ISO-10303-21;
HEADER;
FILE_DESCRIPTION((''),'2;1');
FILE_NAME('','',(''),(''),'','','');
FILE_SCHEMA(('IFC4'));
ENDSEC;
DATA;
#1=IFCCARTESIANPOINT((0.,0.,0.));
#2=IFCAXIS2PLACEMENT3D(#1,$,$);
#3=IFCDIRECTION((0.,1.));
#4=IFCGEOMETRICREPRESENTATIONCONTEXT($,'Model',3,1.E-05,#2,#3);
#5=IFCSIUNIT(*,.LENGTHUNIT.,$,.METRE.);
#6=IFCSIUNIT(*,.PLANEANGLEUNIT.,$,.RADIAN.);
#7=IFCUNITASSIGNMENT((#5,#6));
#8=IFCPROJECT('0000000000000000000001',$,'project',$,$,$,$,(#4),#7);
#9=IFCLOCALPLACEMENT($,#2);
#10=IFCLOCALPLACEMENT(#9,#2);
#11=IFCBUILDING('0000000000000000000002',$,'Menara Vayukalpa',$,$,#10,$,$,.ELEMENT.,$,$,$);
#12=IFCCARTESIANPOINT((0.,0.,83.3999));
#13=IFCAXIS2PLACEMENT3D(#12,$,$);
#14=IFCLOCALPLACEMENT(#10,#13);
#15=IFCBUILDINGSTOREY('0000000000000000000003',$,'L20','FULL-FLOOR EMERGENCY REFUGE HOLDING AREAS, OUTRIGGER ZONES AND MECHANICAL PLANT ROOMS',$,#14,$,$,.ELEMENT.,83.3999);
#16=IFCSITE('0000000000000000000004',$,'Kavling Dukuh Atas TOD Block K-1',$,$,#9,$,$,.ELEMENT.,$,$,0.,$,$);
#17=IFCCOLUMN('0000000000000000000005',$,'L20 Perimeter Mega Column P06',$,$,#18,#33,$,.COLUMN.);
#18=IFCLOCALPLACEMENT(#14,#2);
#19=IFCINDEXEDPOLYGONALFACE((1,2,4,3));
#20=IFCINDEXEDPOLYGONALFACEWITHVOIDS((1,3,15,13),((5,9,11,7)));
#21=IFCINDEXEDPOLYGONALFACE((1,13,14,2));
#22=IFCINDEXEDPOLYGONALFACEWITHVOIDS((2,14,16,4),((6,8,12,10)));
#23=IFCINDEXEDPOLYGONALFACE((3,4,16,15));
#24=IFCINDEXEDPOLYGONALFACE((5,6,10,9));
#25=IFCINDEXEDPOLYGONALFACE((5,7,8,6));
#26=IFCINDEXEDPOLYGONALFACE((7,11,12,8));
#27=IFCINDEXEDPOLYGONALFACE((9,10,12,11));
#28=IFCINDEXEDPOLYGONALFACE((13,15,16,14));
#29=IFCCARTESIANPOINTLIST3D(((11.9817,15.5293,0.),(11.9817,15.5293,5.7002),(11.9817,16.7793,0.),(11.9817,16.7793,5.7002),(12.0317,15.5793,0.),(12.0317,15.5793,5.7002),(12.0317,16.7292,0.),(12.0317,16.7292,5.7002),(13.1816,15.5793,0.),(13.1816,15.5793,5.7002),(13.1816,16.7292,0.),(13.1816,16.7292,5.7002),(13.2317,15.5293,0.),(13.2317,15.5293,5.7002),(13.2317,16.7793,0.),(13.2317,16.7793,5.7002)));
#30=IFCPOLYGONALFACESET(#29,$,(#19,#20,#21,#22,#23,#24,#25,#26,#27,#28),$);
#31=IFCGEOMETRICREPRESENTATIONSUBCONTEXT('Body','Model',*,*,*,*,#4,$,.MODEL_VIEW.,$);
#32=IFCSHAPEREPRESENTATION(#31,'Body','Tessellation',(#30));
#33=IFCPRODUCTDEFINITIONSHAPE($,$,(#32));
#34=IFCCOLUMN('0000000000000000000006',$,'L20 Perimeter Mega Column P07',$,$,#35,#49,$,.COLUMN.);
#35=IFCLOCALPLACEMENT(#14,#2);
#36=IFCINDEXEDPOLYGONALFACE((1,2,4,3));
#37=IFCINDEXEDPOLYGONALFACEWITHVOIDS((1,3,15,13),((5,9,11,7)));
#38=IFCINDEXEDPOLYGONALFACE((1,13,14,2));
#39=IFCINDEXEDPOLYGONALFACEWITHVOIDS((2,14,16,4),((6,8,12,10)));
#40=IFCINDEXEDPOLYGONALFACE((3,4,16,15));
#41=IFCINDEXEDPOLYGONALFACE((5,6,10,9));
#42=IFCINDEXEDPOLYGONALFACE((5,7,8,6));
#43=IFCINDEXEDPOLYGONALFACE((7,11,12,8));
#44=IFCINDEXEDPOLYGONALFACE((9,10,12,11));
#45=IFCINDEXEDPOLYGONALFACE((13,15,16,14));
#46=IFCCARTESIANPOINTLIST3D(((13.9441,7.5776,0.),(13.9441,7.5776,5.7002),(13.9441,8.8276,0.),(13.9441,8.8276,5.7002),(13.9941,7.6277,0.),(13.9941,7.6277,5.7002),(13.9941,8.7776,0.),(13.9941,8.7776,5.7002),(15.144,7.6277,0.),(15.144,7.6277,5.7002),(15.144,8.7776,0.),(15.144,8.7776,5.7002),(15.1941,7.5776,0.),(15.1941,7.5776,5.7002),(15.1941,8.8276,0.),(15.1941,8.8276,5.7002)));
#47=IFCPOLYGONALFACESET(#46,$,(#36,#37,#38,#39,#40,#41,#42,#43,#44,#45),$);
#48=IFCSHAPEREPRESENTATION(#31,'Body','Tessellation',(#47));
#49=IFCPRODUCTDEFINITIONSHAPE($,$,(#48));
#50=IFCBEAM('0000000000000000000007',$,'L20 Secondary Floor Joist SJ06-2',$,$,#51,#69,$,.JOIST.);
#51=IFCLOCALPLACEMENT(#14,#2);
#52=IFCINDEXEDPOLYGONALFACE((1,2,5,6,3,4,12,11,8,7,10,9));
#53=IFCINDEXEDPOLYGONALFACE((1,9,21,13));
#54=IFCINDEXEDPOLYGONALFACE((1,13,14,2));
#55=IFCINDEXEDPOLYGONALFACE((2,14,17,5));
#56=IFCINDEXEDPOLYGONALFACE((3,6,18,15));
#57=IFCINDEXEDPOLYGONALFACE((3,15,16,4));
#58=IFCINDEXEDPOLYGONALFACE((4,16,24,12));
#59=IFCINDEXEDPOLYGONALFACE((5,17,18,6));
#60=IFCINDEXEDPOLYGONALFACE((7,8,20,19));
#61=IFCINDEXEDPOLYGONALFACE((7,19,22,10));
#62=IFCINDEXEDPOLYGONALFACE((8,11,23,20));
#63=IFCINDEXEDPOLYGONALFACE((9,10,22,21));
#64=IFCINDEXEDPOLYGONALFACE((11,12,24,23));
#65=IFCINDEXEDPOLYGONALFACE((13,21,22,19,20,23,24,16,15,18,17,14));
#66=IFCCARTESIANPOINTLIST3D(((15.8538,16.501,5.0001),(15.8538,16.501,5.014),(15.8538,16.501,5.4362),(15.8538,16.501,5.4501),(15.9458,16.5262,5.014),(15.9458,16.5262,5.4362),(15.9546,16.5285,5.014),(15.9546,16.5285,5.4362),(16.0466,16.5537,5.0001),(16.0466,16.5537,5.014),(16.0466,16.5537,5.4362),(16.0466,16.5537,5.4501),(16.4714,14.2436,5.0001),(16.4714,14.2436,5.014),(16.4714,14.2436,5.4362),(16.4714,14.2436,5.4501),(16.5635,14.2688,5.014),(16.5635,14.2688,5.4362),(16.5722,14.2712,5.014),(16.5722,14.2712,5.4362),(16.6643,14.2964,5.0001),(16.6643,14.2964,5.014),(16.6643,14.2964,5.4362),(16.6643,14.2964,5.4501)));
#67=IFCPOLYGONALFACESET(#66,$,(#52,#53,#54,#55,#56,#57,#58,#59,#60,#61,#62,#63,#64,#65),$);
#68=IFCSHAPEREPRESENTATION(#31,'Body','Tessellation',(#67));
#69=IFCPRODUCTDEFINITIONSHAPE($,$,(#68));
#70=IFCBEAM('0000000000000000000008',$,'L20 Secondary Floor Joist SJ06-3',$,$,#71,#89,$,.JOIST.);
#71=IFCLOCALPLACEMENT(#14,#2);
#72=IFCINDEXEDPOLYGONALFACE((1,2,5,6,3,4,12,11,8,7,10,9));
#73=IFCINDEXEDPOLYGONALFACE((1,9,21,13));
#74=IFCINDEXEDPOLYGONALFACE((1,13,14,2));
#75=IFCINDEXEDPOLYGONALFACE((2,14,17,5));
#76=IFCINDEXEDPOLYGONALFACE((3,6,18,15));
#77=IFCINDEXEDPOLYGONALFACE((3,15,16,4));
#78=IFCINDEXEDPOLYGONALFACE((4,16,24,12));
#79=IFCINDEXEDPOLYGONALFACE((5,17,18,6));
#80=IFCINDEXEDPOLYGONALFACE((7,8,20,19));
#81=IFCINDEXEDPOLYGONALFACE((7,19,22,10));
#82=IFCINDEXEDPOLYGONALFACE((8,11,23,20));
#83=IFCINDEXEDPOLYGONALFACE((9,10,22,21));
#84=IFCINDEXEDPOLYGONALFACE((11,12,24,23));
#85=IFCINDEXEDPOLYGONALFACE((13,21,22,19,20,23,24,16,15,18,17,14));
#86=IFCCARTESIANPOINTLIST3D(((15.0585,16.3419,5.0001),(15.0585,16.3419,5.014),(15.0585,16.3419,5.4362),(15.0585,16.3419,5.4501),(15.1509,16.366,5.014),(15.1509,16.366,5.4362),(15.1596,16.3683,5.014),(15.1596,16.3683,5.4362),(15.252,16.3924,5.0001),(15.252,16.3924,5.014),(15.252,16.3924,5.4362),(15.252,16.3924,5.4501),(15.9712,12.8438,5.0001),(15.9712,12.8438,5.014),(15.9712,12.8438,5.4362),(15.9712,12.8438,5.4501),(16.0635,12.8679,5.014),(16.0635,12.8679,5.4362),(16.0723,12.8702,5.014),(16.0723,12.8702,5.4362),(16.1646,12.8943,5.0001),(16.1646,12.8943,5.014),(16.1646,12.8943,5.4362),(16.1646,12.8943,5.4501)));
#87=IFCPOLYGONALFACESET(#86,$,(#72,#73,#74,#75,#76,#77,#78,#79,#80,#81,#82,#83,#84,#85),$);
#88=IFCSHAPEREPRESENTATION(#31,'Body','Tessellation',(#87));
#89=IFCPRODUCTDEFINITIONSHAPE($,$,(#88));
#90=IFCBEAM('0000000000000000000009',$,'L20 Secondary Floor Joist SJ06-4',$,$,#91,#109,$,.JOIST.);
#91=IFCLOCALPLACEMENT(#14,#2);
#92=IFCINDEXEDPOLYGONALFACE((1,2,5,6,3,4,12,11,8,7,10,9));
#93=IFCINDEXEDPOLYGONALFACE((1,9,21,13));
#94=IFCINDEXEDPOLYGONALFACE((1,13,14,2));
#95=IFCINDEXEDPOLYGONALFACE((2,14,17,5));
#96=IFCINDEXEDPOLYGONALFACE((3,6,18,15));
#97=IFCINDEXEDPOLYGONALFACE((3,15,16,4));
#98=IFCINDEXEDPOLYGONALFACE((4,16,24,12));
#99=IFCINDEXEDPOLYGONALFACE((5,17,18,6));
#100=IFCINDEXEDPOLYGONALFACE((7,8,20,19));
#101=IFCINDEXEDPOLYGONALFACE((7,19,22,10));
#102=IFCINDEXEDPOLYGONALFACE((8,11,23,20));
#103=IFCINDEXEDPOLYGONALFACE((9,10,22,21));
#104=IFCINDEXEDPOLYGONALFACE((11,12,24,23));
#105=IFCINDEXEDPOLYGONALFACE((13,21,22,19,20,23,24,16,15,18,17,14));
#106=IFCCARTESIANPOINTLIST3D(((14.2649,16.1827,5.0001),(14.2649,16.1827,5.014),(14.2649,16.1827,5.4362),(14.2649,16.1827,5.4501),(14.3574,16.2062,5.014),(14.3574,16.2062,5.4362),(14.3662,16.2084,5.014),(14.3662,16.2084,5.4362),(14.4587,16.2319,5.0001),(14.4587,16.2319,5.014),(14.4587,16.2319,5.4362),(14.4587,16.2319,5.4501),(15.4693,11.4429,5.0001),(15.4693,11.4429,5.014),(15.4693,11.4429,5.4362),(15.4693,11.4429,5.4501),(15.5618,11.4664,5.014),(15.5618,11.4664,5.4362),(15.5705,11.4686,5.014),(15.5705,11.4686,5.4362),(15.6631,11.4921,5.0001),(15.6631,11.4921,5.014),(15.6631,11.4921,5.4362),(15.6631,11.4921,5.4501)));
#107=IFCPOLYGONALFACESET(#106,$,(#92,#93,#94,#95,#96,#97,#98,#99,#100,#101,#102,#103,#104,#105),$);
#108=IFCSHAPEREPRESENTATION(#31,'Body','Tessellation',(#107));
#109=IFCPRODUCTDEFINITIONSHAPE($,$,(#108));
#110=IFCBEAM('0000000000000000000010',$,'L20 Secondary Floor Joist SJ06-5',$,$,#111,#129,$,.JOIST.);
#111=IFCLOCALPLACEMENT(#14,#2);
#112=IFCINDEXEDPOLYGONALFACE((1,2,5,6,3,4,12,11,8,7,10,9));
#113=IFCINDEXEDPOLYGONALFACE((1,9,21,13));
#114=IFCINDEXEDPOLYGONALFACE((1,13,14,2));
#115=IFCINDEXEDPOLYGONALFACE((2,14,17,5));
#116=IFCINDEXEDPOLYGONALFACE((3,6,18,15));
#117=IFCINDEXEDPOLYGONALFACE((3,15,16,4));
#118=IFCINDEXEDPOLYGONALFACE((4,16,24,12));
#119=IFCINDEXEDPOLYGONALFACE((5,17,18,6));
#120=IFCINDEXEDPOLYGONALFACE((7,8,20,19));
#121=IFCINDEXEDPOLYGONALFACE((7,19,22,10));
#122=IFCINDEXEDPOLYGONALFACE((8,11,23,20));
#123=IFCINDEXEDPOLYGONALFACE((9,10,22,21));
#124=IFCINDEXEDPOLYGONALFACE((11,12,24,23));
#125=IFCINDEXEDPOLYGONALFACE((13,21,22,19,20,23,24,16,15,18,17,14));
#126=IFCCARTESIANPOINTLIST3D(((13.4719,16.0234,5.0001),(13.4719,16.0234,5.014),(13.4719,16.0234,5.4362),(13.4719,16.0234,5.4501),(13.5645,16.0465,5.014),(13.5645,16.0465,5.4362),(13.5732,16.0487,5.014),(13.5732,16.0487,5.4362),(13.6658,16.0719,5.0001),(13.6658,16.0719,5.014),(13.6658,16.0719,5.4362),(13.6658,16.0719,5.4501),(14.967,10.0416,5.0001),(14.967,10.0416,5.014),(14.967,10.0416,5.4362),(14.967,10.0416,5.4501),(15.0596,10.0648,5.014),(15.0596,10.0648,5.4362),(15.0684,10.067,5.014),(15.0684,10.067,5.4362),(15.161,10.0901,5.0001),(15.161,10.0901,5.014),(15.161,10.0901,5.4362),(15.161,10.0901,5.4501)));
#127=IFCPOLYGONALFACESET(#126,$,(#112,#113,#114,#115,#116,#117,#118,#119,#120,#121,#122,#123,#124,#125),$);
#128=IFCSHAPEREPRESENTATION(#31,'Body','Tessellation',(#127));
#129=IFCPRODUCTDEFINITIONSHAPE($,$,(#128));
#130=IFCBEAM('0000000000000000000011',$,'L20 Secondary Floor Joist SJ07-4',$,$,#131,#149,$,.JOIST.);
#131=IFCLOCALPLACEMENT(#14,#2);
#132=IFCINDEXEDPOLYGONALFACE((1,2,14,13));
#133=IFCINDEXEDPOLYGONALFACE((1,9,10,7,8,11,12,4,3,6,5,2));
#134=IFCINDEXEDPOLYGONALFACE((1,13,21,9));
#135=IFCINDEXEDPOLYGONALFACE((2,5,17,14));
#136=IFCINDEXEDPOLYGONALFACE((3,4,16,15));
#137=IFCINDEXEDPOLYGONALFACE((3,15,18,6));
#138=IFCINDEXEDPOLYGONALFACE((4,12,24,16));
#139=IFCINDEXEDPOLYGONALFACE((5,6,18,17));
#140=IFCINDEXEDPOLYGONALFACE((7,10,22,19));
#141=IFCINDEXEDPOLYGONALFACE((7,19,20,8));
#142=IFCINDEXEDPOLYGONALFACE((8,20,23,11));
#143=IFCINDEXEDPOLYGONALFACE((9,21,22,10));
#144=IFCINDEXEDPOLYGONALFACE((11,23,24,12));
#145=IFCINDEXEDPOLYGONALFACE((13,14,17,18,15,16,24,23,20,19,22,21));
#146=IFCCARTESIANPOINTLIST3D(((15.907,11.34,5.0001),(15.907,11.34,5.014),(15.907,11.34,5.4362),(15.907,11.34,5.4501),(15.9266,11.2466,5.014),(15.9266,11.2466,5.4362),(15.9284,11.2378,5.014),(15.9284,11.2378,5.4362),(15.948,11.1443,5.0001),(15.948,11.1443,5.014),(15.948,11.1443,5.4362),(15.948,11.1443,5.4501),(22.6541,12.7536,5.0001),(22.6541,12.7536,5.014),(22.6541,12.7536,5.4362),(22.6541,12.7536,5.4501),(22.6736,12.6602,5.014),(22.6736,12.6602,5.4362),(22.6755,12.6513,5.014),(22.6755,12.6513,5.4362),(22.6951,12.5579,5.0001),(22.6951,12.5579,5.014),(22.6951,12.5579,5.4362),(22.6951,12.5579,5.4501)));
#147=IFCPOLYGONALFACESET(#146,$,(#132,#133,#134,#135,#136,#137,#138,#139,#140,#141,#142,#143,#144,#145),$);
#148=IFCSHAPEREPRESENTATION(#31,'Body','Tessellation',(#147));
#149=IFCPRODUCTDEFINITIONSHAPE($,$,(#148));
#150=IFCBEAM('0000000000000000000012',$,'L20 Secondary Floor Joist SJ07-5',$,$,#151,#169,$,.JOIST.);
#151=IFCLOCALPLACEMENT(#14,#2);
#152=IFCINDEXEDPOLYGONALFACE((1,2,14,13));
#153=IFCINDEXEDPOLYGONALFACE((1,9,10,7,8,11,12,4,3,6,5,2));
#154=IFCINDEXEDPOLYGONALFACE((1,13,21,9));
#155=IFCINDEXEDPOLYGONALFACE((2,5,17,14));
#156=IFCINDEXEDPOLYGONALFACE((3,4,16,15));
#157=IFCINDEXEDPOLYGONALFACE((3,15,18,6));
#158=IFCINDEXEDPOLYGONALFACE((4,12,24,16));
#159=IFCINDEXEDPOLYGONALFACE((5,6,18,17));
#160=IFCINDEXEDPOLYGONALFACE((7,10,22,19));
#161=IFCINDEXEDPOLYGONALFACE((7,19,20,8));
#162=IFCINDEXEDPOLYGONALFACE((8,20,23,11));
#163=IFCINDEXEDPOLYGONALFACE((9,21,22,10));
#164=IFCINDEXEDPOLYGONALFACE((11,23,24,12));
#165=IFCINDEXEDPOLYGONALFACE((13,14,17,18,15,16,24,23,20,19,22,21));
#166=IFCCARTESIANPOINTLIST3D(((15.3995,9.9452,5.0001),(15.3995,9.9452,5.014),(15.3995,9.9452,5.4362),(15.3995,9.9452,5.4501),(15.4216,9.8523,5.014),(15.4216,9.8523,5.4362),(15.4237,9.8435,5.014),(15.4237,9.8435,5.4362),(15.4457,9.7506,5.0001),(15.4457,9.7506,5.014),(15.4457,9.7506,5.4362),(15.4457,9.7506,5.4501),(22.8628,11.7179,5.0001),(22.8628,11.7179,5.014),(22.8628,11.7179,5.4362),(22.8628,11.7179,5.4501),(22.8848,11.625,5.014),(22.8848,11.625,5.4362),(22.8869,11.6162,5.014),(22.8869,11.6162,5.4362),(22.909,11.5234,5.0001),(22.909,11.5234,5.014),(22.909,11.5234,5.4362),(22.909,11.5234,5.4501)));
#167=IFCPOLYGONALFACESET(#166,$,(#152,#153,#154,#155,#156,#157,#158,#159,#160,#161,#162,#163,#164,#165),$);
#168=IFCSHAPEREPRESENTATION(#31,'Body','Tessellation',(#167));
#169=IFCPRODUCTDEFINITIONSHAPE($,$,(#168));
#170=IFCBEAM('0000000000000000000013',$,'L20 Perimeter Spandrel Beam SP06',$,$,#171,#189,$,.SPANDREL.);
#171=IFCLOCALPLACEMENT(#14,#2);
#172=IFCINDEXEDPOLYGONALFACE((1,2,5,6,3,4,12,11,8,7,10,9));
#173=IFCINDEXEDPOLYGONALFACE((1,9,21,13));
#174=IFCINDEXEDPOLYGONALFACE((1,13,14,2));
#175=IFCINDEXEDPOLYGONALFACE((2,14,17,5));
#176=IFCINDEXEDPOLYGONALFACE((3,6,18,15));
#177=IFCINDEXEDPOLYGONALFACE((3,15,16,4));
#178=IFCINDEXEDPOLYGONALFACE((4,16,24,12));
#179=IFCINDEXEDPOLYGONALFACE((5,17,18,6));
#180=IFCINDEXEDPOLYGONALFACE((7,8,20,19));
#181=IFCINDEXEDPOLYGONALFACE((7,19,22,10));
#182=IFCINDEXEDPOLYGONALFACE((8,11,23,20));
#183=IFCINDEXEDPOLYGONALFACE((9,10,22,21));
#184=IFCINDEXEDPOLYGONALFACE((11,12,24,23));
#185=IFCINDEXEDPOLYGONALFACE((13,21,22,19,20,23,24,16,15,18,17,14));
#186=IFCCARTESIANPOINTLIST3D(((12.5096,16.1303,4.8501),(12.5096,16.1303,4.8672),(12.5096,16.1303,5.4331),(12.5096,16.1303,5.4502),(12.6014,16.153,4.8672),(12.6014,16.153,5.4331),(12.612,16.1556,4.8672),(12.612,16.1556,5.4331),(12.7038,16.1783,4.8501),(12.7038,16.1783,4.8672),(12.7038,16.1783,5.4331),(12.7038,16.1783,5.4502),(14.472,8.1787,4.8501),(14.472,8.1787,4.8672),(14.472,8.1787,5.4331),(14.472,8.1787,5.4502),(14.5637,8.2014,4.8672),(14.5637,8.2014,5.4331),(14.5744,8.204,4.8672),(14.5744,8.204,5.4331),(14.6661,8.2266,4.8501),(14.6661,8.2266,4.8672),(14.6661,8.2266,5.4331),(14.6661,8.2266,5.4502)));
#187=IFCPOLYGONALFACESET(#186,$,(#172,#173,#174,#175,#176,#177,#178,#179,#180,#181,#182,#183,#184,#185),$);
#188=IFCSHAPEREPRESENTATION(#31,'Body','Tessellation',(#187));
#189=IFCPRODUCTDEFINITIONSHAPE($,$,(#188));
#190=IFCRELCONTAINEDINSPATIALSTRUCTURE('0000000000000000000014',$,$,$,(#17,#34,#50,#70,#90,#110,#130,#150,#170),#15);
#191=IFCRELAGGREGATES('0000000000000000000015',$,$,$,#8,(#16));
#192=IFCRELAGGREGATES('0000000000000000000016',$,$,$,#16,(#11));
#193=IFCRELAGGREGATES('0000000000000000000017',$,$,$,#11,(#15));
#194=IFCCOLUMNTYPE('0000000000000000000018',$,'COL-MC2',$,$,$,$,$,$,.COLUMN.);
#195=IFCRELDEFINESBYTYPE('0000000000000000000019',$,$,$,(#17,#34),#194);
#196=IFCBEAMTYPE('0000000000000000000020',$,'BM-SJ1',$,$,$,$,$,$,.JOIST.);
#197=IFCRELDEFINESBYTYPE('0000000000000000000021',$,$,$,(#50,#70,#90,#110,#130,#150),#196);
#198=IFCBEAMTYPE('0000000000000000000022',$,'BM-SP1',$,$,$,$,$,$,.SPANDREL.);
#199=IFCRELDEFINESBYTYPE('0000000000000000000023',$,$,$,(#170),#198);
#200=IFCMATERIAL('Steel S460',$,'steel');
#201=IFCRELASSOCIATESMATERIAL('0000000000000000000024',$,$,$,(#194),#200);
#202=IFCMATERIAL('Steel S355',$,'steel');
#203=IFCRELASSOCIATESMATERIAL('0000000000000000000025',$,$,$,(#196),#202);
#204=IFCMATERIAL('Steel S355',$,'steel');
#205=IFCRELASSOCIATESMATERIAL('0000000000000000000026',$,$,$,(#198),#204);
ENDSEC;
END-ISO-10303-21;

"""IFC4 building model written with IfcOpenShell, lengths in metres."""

from ifc_helpers import new_model, si_unit, direction, frame, origin, origin_2d, place, context, subcontext, project, spatial, hollow_rectangle, i_section, extrude, material, material_profile, profile_set, type_object, element, save


model = new_model("IFC4")

# Units and contexts
model_context = context("Model", 3, precision=1e-05, world=origin(), true_north=direction((0.0, 1.0)))
body_context = subcontext(model_context, "Body", "Model", "MODEL_VIEW")
ifc_project = project(units=[si_unit("LENGTHUNIT", "METRE"), si_unit("PLANEANGLEUNIT", "RADIAN")], contexts=[model_context])

# Site, building, storey
site_placement = place(None, origin())
site = spatial("IfcSite", under=ifc_project, at=site_placement, Name="Kavling Dukuh Atas TOD Block K-1", CompositionType="ELEMENT", RefElevation=0.0)
building_placement = place(site_placement, origin())
building = spatial("IfcBuilding", under=site, at=building_placement, Name="Menara Vayukalpa", CompositionType="ELEMENT")
storey_placement = place(building_placement, frame((0.0, 0.0, 83.3999)))
storey = spatial("IfcBuildingStorey", under=building, at=storey_placement, Name="L20", Description="FULL-FLOOR EMERGENCY REFUGE HOLDING AREAS, OUTRIGGER ZONES AND MECHANICAL PLANT ROOMS", CompositionType="ELEMENT", Elevation=83.3999)

# Columns
ifc_material_1 = material(Name="Steel S460", Category="steel")
ifc_material_profile_1 = material_profile(ifc_material_1, hollow_rectangle(XDim=1.25, YDim=1.25, WallThickness=0.05, at=origin_2d()), Name="BOX 1250x1250x50")
ifc_profile_set_1 = profile_set([ifc_material_profile_1], Name="Steel S460")
column_type = type_object("IfcColumnType", Name="COL-MC2", PredefinedType="COLUMN", material=ifc_profile_set_1)
for number, where, z_axis, x_axis, name in (
    (1, (12.6067, 16.1543, 0.0), (0.0, 0.0, 1.0), (1.0, 0.0, 0.0), "L20 Perimeter Mega Column P06"),
    (2, (14.5691, 8.2026, 0.0), (0.0, 0.0, 1.0), (1.0, 0.0, 0.0), "L20 Perimeter Mega Column P07"),
):
    element("IfcColumn", number, at=place(storey_placement, frame(where, z_axis=z_axis, x_axis=x_axis)), inside=storey, type_object=column_type, Name=name, PredefinedType="COLUMN", context=body_context, shape_type="SweptSolid", body=[
        extrude(hollow_rectangle(XDim=1.25, YDim=1.25, WallThickness=0.05, at=origin_2d()), origin(), (0.0, 0.0, 1.0), 5.7002),
    ])

# Beams
ifc_material_2 = material(Name="Steel S355", Category="steel")
ifc_material_profile_2 = material_profile(ifc_material_2, i_section(OverallWidth=0.2, OverallDepth=0.45, WebThickness=0.009, FlangeThickness=0.0139, at=origin_2d()), Name="WF 450x200x9x14")
ifc_profile_set_2 = profile_set([ifc_material_profile_2], Name="Steel S355")
beam_type_1 = type_object("IfcBeamType", Name="BM-SJ1", PredefinedType="JOIST", material=ifc_profile_set_2)
beam_1_placement = place(storey_placement, frame((15.9502, 16.5273, 5.2251), z_axis=(0.263929, -0.964542, 0.0), x_axis=(0.964542, 0.263929, 0.0)))
element("IfcBeam", 3, at=beam_1_placement, inside=storey, type_object=beam_type_1, Name="L20 Secondary Floor Joist SJ06-2", PredefinedType="JOIST", context=body_context, shape_type="SweptSolid", body=[
    extrude(i_section(OverallWidth=0.2, OverallDepth=0.45, WebThickness=0.009, FlangeThickness=0.0139, at=origin_2d()), origin(), (0.0, 0.0, 1.0), 2.3403),
])
beam_2_placement = place(storey_placement, frame((15.1553, 16.3672, 5.2251), z_axis=(0.252438, -0.967613, 0.0), x_axis=(0.967613, 0.252438, 0.0)))
element("IfcBeam", 4, at=beam_2_placement, inside=storey, type_object=beam_type_1, Name="L20 Secondary Floor Joist SJ06-3", PredefinedType="JOIST", context=body_context, shape_type="SweptSolid", body=[
    extrude(i_section(OverallWidth=0.2, OverallDepth=0.45, WebThickness=0.009, FlangeThickness=0.0139, at=origin_2d()), origin(), (0.0, 0.0, 1.0), 3.6152),
])
beam_3_placement = place(storey_placement, frame((14.3618, 16.2073, 5.2251), z_axis=(0.246269, -0.969201, 0.0), x_axis=(0.969201, 0.246269, 0.0)))
element("IfcBeam", 5, at=beam_3_placement, inside=storey, type_object=beam_type_1, Name="L20 Secondary Floor Joist SJ06-4", PredefinedType="JOIST", context=body_context, shape_type="SweptSolid", body=[
    extrude(i_section(OverallWidth=0.2, OverallDepth=0.45, WebThickness=0.009, FlangeThickness=0.0139, at=origin_2d()), origin(), (0.0, 0.0, 1.0), 4.8904),
])
beam_4_placement = place(storey_placement, frame((13.5688, 16.0476, 5.2251), z_axis=(0.242489, -0.970154, 0.0), x_axis=(0.970154, 0.242489, 0.0)))
element("IfcBeam", 6, at=beam_4_placement, inside=storey, type_object=beam_type_1, Name="L20 Secondary Floor Joist SJ06-5", PredefinedType="JOIST", context=body_context, shape_type="SweptSolid", body=[
    extrude(i_section(OverallWidth=0.2, OverallDepth=0.45, WebThickness=0.009, FlangeThickness=0.0139, at=origin_2d()), origin(), (0.0, 0.0, 1.0), 6.1658),
])
beam_5_placement = place(storey_placement, frame((15.9275, 11.2422, 5.2251), z_axis=(0.97875, 0.205057, 0.0), x_axis=(-0.205057, 0.97875, 0.0)))
element("IfcBeam", 7, at=beam_5_placement, inside=storey, type_object=beam_type_1, Name="L20 Secondary Floor Joist SJ07-4", PredefinedType="JOIST", context=body_context, shape_type="SweptSolid", body=[
    extrude(i_section(OverallWidth=0.2, OverallDepth=0.45, WebThickness=0.009, FlangeThickness=0.0139, at=origin_2d()), origin(), (0.0, 0.0, 1.0), 6.8936),
])
beam_6_placement = place(storey_placement, frame((15.4226, 9.8479, 5.2251), z_axis=(0.97293, 0.231098, 0.0), x_axis=(-0.231098, 0.97293, 0.0)))
element("IfcBeam", 8, at=beam_6_placement, inside=storey, type_object=beam_type_1, Name="L20 Secondary Floor Joist SJ07-5", PredefinedType="JOIST", context=body_context, shape_type="SweptSolid", body=[
    extrude(i_section(OverallWidth=0.2, OverallDepth=0.45, WebThickness=0.009, FlangeThickness=0.0139, at=origin_2d()), origin(), (0.0, 0.0, 1.0), 7.6709),
])
ifc_material_3 = material(Name="Steel S355", Category="steel")
ifc_material_profile_3 = material_profile(ifc_material_3, i_section(OverallWidth=0.2, OverallDepth=0.6001, WebThickness=0.011, FlangeThickness=0.0171, at=origin_2d()), Name="WF 600x200x11x17")
ifc_profile_set_3 = profile_set([ifc_material_profile_3], Name="Steel S355")
beam_type_2 = type_object("IfcBeamType", Name="BM-SP1", PredefinedType="SPANDREL", material=ifc_profile_set_3)
beam_7_placement = place(storey_placement, frame((12.6067, 16.1543, 5.1501), z_axis=(0.239603, -0.970871, 0.0), x_axis=(0.970871, 0.239603, 0.0)))
element("IfcBeam", 9, at=beam_7_placement, inside=storey, type_object=beam_type_2, Name="L20 Perimeter Spandrel Beam SP06", PredefinedType="SPANDREL", context=body_context, shape_type="SweptSolid", body=[
    extrude(i_section(OverallWidth=0.2, OverallDepth=0.6001, WebThickness=0.011, FlangeThickness=0.0171, at=origin_2d()), origin(), (0.0, 0.0, 1.0), 8.1902),
])

save(model, "model.ifc")
